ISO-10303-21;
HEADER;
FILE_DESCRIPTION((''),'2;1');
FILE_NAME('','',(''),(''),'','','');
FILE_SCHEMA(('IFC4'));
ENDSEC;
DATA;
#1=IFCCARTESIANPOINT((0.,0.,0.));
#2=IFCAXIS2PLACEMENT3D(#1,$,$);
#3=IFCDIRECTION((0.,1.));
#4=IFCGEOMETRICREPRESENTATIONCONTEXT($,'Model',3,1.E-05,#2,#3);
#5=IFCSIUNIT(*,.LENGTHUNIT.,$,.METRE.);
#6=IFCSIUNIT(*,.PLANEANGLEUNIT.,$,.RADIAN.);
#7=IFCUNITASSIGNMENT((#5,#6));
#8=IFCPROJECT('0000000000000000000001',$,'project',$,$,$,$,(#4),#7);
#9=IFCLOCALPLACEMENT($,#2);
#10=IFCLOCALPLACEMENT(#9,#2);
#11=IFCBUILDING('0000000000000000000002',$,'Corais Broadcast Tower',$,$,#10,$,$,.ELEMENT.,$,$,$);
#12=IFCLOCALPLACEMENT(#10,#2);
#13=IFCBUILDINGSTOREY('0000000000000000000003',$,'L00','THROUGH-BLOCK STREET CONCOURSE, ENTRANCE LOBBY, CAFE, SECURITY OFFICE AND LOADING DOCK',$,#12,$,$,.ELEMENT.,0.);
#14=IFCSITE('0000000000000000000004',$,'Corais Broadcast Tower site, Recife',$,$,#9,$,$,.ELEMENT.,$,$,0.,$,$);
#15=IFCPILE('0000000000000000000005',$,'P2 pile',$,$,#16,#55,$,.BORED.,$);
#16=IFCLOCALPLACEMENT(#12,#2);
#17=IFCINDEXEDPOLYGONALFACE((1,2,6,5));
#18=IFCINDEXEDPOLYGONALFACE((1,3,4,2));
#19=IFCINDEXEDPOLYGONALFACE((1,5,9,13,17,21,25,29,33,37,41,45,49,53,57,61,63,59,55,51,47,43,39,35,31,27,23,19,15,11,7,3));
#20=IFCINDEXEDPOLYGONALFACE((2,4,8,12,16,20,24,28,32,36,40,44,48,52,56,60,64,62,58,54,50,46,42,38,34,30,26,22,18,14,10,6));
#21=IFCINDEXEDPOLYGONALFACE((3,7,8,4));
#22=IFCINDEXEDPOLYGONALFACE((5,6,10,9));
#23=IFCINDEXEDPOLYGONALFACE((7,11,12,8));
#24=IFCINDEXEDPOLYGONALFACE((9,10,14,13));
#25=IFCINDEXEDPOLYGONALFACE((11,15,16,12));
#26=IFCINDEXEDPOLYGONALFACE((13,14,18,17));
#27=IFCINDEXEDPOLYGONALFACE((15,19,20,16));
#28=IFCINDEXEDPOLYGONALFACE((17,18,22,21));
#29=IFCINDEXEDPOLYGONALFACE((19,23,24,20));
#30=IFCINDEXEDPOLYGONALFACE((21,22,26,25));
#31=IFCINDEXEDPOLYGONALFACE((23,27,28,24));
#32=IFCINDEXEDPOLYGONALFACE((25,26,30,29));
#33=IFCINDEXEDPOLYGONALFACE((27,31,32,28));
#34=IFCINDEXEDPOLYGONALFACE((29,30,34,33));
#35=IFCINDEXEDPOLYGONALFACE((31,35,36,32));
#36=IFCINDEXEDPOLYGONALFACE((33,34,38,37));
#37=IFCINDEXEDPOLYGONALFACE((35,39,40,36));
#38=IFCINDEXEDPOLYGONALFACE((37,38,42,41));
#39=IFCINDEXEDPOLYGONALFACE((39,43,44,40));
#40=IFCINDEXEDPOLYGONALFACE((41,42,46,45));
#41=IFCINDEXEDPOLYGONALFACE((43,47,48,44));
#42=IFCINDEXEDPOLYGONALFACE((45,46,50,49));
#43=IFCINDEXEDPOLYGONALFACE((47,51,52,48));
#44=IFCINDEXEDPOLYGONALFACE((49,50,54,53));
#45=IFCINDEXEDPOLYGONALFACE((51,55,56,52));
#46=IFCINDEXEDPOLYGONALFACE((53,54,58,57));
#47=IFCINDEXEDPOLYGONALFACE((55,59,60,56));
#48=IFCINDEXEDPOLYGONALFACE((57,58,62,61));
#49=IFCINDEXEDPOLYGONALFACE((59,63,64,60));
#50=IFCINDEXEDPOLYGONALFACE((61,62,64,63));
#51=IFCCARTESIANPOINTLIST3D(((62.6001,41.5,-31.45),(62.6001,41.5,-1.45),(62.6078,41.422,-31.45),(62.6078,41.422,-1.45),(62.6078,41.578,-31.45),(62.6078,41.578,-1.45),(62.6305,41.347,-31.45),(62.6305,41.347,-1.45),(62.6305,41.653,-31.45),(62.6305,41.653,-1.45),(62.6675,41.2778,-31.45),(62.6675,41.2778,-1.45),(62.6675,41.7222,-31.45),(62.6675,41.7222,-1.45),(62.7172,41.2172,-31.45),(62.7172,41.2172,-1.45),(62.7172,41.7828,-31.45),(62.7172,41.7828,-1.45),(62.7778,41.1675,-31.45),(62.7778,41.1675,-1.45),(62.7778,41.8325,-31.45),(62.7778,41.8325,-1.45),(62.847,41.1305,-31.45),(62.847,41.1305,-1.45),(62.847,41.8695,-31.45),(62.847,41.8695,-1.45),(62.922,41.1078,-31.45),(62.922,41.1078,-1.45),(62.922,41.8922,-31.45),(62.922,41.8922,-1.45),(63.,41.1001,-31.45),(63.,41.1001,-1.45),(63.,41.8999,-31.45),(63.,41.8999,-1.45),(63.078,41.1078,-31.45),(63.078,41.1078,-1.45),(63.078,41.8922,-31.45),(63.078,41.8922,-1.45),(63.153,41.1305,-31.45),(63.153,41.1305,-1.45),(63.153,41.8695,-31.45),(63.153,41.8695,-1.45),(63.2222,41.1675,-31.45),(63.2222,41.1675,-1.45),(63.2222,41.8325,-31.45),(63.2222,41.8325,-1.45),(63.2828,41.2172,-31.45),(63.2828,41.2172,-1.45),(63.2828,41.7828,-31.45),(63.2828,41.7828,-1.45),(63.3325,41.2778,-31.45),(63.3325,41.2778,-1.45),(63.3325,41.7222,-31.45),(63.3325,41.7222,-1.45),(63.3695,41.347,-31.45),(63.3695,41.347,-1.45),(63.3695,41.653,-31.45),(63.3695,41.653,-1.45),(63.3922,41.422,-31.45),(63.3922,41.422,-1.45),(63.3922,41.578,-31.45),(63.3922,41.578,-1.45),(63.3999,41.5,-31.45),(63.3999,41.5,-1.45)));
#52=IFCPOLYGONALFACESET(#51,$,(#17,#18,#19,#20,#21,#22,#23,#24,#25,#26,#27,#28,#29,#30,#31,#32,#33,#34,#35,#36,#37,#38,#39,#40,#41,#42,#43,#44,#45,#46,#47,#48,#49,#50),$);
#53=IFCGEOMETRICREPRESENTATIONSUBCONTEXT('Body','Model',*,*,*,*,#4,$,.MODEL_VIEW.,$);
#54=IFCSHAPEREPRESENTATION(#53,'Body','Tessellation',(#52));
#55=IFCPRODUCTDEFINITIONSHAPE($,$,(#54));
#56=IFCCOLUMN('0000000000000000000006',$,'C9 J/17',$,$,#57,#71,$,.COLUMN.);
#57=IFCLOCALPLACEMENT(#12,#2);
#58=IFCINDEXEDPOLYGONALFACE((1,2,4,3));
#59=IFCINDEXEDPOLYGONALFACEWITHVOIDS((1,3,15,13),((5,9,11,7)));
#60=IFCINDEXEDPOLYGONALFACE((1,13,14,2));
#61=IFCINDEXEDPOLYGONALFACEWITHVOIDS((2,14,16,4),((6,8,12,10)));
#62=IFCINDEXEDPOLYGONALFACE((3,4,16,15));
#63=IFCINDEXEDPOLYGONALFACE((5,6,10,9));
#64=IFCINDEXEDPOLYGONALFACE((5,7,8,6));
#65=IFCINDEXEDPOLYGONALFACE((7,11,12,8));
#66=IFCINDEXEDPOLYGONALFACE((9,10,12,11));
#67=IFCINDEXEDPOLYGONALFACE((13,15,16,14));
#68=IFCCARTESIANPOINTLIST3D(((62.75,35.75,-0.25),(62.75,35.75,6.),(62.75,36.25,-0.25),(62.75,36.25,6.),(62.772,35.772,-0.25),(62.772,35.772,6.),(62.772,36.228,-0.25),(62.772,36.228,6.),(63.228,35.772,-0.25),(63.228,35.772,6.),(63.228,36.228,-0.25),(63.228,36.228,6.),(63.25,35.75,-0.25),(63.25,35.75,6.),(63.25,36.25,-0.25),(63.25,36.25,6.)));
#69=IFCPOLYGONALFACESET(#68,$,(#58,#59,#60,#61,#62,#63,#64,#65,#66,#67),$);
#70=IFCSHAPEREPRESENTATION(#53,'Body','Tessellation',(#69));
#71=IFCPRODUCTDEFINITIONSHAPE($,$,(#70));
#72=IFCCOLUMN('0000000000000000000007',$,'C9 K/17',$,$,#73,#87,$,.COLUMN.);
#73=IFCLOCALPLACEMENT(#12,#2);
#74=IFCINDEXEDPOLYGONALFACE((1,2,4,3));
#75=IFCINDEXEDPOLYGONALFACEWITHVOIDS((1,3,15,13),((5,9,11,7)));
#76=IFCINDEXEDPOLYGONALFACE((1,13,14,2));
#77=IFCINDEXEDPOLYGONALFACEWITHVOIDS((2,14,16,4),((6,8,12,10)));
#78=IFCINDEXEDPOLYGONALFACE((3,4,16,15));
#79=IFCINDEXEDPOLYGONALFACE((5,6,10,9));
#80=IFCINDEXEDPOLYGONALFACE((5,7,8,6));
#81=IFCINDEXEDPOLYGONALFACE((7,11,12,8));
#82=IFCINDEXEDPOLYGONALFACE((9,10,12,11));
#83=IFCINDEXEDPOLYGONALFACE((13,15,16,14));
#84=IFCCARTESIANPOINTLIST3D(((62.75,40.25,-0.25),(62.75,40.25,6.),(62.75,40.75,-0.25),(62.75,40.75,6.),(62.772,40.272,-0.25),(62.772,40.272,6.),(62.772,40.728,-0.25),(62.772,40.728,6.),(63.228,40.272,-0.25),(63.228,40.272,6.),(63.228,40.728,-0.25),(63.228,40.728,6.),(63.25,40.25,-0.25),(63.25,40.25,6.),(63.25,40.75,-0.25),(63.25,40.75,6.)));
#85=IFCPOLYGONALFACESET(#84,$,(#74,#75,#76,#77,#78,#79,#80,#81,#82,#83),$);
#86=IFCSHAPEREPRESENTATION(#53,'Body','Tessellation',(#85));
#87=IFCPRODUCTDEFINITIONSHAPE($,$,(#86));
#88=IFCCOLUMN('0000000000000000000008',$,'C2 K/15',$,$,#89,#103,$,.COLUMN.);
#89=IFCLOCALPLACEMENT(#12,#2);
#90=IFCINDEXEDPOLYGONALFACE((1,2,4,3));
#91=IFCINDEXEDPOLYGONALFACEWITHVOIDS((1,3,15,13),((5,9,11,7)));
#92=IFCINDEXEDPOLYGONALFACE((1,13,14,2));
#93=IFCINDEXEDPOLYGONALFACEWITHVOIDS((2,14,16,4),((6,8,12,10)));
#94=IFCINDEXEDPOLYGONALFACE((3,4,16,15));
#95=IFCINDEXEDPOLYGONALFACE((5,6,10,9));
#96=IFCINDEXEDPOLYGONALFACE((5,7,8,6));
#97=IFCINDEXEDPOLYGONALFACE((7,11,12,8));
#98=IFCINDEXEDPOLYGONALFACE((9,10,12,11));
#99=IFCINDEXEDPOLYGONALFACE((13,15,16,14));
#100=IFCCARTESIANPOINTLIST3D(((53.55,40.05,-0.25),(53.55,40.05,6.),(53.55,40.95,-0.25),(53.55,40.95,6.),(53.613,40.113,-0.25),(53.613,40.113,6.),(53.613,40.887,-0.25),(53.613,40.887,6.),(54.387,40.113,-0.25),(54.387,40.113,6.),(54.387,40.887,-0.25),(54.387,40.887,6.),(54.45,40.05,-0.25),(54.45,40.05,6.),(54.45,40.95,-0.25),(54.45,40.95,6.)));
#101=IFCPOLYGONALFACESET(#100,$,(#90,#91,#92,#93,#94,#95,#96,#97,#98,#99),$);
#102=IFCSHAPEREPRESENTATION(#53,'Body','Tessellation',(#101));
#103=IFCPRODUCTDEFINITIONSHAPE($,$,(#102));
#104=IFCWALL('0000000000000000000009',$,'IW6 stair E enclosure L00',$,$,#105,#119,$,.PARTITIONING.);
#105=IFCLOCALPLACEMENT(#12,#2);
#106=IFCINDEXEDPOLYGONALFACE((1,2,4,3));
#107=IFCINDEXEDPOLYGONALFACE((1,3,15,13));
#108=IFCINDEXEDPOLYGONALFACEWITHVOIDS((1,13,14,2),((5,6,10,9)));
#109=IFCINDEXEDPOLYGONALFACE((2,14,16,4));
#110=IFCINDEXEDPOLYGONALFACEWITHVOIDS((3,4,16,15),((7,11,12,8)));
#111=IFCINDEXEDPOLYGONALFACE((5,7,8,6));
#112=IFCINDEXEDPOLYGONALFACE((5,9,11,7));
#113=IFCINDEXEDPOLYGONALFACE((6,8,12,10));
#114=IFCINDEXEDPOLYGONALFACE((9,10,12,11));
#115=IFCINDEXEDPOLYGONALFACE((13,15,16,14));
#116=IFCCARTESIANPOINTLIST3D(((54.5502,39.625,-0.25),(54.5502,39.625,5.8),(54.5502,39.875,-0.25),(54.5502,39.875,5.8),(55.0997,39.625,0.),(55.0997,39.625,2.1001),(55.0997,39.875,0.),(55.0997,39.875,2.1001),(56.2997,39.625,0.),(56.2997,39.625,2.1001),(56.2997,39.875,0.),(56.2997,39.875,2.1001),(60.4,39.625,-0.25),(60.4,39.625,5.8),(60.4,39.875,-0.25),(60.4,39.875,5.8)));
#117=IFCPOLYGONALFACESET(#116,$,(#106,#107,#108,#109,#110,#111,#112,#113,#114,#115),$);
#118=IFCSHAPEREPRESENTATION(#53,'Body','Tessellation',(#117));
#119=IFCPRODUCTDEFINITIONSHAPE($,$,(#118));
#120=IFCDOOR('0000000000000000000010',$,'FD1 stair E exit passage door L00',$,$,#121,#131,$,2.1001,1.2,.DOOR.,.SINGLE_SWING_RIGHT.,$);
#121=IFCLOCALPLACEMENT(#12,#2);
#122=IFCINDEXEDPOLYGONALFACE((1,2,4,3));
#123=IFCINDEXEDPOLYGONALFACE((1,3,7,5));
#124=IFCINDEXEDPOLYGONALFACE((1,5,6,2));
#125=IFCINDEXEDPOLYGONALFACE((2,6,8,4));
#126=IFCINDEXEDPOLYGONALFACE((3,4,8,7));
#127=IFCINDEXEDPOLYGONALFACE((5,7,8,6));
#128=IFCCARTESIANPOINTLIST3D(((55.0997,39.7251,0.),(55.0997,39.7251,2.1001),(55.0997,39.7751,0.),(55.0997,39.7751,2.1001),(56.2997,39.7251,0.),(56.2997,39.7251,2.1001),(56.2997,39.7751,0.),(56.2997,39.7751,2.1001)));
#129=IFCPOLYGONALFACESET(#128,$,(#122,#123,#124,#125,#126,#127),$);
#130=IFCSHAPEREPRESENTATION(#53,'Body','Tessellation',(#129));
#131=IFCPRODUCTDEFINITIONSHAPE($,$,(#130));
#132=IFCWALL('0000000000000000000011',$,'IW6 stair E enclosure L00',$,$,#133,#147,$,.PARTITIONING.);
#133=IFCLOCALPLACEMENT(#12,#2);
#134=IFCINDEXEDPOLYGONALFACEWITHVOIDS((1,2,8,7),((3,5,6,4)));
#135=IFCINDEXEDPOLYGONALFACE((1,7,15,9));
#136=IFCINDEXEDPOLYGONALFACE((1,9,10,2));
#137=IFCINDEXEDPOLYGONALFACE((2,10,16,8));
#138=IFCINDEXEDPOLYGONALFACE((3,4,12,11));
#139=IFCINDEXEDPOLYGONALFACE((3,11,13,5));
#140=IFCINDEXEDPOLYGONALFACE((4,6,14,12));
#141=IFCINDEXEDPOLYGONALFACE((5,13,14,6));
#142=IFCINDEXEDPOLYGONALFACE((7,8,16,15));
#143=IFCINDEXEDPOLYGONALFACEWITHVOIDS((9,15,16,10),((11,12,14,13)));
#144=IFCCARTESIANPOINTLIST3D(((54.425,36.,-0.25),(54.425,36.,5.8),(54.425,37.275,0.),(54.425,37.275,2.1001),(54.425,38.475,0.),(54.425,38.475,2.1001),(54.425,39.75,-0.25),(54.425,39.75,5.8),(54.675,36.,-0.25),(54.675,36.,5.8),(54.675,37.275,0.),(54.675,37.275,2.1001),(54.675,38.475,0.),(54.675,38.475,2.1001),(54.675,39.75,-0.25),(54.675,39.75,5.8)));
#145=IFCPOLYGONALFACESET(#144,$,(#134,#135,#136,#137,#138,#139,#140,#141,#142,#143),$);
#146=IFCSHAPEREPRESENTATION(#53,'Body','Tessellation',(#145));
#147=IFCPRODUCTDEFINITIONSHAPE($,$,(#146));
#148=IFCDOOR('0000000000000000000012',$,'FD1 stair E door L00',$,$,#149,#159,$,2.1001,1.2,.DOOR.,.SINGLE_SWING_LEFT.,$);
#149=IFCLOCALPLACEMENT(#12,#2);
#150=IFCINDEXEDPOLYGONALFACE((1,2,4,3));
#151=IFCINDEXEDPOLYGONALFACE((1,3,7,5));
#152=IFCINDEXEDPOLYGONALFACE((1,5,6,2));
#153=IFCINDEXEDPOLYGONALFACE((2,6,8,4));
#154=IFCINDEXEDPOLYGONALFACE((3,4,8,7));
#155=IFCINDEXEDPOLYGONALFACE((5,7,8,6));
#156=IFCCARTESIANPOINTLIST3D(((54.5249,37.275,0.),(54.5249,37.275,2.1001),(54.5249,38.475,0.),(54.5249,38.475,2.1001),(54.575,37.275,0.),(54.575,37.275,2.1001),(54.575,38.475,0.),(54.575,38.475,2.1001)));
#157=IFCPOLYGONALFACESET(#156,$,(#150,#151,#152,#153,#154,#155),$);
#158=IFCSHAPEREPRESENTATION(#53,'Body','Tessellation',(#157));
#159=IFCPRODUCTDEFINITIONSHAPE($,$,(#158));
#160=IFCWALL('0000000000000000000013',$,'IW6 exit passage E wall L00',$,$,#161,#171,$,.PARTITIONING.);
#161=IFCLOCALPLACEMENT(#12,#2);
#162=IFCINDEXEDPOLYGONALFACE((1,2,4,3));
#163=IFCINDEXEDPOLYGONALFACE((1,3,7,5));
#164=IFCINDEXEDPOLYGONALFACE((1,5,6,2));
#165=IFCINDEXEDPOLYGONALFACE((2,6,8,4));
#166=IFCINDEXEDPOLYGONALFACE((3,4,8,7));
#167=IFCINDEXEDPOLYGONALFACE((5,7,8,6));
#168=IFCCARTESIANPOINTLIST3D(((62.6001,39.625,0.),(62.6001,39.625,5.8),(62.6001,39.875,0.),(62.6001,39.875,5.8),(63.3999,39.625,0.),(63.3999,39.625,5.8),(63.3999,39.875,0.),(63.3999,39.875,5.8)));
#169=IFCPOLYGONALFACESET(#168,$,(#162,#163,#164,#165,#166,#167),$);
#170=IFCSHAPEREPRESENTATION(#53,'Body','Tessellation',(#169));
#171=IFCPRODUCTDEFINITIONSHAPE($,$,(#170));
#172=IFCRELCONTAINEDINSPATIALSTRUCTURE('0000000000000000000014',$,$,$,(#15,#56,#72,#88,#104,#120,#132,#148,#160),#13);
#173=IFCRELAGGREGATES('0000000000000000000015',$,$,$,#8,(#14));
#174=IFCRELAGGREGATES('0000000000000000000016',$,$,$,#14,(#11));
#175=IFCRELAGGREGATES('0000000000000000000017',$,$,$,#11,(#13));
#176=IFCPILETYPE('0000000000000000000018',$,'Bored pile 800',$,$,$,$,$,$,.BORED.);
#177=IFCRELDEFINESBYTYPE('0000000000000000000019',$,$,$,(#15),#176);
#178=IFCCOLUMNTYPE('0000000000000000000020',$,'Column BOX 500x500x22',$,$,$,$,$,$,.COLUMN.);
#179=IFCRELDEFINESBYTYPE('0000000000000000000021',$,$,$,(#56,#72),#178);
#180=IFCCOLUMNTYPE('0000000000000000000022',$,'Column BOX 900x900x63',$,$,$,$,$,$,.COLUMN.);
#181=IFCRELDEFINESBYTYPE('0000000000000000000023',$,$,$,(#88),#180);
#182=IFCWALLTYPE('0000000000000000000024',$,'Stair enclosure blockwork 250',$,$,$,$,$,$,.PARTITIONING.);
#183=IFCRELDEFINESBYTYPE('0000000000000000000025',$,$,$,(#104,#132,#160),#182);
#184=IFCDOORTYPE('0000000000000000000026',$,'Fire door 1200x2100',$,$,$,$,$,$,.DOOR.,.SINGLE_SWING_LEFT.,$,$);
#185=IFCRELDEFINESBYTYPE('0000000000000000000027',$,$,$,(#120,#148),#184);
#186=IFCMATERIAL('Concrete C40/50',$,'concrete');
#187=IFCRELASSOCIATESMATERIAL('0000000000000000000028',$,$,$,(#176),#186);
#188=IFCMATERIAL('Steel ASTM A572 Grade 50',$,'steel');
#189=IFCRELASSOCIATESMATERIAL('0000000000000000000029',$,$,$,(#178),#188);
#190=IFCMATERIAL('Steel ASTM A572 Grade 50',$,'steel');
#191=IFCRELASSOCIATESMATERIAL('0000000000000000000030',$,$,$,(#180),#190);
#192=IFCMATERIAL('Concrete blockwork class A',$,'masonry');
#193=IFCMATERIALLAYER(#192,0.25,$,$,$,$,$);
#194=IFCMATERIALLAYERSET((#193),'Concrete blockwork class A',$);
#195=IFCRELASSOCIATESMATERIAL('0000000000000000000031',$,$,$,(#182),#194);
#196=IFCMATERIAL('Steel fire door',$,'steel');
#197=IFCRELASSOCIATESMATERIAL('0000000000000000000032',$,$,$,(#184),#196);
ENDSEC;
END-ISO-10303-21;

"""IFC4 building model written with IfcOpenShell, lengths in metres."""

from ifc_helpers import new_model, si_unit, direction, frame, frame_2d, origin, origin_2d, place, context, subcontext, project, spatial, rectangle, hollow_rectangle, circle, extrude, material, layer, layer_set, material_profile, profile_set, type_object, element, fill, save


model = new_model("IFC4")

# Units and contexts
model_context = context("Model", 3, precision=1e-05, world=origin(), true_north=direction((0.0, 1.0)))
body_context = subcontext(model_context, "Body", "Model", "MODEL_VIEW")
ifc_project = project(units=[si_unit("LENGTHUNIT", "METRE"), si_unit("PLANEANGLEUNIT", "RADIAN")], contexts=[model_context])

# Site, building, storey
site_placement = place(None, origin())
site = spatial("IfcSite", under=ifc_project, at=site_placement, Name="Corais Broadcast Tower site, Recife", CompositionType="ELEMENT", RefElevation=0.0)
building_placement = place(site_placement, origin())
building = spatial("IfcBuilding", under=site, at=building_placement, Name="Corais Broadcast Tower", CompositionType="ELEMENT")
storey_placement = place(building_placement, origin())
storey = spatial("IfcBuildingStorey", under=building, at=storey_placement, Name="L00", Description="THROUGH-BLOCK STREET CONCOURSE, ENTRANCE LOBBY, CAFE, SECURITY OFFICE AND LOADING DOCK", CompositionType="ELEMENT", Elevation=0.0)

# Pile
ifc_material_1 = material(Name="Concrete C40/50", Category="concrete")
pile_type_1 = type_object("IfcPileType", Name="Bored pile 800", PredefinedType="BORED", material=ifc_material_1)
for number, where, z_axis, x_axis, name in (
    (1, (63.0, 41.5, -1.45), (0.0, 0.0, -1.0), (1.0, 0.0, 0.0), "P2 pile"),
):
    element("IfcPile", number, at=place(storey_placement, frame(where, z_axis=z_axis, x_axis=x_axis)), inside=storey, type_object=pile_type_1, Name=name, PredefinedType="BORED", context=body_context, shape_type="SweptSolid", body=[
        extrude(circle(Radius=0.3999, at=origin_2d()), origin(), (0.0, 0.0, 1.0), 30.0),
    ])

# Columns
ifc_material_2 = material(Name="Steel ASTM A572 Grade 50", Category="steel")
ifc_material_profile_1 = material_profile(ifc_material_2, hollow_rectangle(XDim=0.5, YDim=0.5, WallThickness=0.022, at=origin_2d()), Name="BOX 500x500x22")
ifc_profile_set_1 = profile_set([ifc_material_profile_1], Name="Steel ASTM A572 Grade 50")
column_type_1 = type_object("IfcColumnType", Name="Column BOX 500x500x22", PredefinedType="COLUMN", material=ifc_profile_set_1)
for number, where, z_axis, x_axis, name in (
    (2, (63.0, 36.0, -0.25), (0.0, 0.0, 1.0), (1.0, 0.0, 0.0), "C9 J/17"),
    (3, (63.0, 40.5, -0.25), (0.0, 0.0, 1.0), (1.0, 0.0, 0.0), "C9 K/17"),
):
    element("IfcColumn", number, at=place(storey_placement, frame(where, z_axis=z_axis, x_axis=x_axis)), inside=storey, type_object=column_type_1, Name=name, PredefinedType="COLUMN", context=body_context, shape_type="SweptSolid", body=[
        extrude(hollow_rectangle(XDim=0.5, YDim=0.5, WallThickness=0.022, at=origin_2d()), origin(), (0.0, 0.0, 1.0), 6.25),
    ])
ifc_material_3 = material(Name="Steel ASTM A572 Grade 50", Category="steel")
ifc_material_profile_2 = material_profile(ifc_material_3, hollow_rectangle(XDim=0.8999, YDim=0.8999, WallThickness=0.063, at=origin_2d()), Name="BOX 900x900x63")
ifc_profile_set_2 = profile_set([ifc_material_profile_2], Name="Steel ASTM A572 Grade 50")
column_type_2 = type_object("IfcColumnType", Name="Column BOX 900x900x63", PredefinedType="COLUMN", material=ifc_profile_set_2)
column_placement = place(storey_placement, frame((54.0, 40.5, -0.25), z_axis=(0.0, 0.0, 1.0), x_axis=(1.0, 0.0, 0.0)))
element("IfcColumn", 4, at=column_placement, inside=storey, type_object=column_type_2, Name="C2 K/15", PredefinedType="COLUMN", context=body_context, shape_type="SweptSolid", body=[
    extrude(hollow_rectangle(XDim=0.8999, YDim=0.8999, WallThickness=0.063, at=origin_2d()), origin(), (0.0, 0.0, 1.0), 6.25),
])

# Walls, openings, doors
ifc_material_4 = material(Name="Concrete blockwork class A", Category="masonry")
ifc_layer_1 = layer(ifc_material_4, 0.25)
ifc_layer_set_1 = layer_set([ifc_layer_1], Name="Concrete blockwork class A")
wall_type_1 = type_object("IfcWallType", Name="Stair enclosure blockwork 250", PredefinedType="PARTITIONING", material=ifc_layer_set_1)
wall_1_placement = place(storey_placement, frame((60.3999, 39.75, -0.25), z_axis=(0.0, 0.0, 1.0), x_axis=(-1.0, 0.0, 0.0)))
wall_1 = element("IfcWall", 5, at=wall_1_placement, inside=storey, type_object=wall_type_1, Name="IW6 stair E enclosure L00", PredefinedType="PARTITIONING", context=body_context, shape_type="SweptSolid", body=[
    extrude(rectangle(XDim=5.8499, YDim=0.25, at=frame_2d((2.9248, 0.0))), origin(), (0.0, 0.0, 1.0), 6.05),
])
opening_1_placement = place(wall_1_placement, frame((4.1001, 0.0, 0.25)))
opening_1 = element("IfcOpeningElement", 6, at=opening_1_placement, cuts=wall_1, PredefinedType="OPENING", context=body_context, shape_type="SweptSolid", body=[
    extrude(rectangle(XDim=1.2, YDim=2.1001, at=frame_2d((0.6001, 1.05))), frame((0.0, 0.135, 0.0), z_axis=(0.0, -1.0, 0.0), x_axis=(1.0, 0.0, 0.0)), (0.0, 0.0, 1.0), 0.27),
])
ifc_material_5 = material(Name="Steel fire door", Category="steel")
door_type = type_object("IfcDoorType", Name="Fire door 1200x2100", OperationType="SINGLE_SWING_LEFT", PredefinedType="DOOR", material=ifc_material_5)
door_1_placement = place(opening_1_placement, origin())
door_1 = element("IfcDoor", 7, at=door_1_placement, inside=storey, type_object=door_type, Name="FD1 stair E exit passage door L00", OperationType="SINGLE_SWING_RIGHT", OverallHeight=2.1001, OverallWidth=1.2, PredefinedType="DOOR", context=body_context, shape_type="SweptSolid", body=[
    extrude(rectangle(XDim=1.2, YDim=2.1001, at=frame_2d((0.6001, 1.05))), frame((0.0, 0.0249, 0.0), z_axis=(0.0, -1.0, 0.0), x_axis=(1.0, 0.0, 0.0)), (0.0, 0.0, 1.0), 0.05),
])
fill(opening_1, door_1)
wall_2_placement = place(storey_placement, frame((54.55, 39.75, -0.25), z_axis=(0.0, 0.0, 1.0), x_axis=(0.0, -1.0, 0.0)))
wall_2 = element("IfcWall", 8, at=wall_2_placement, inside=storey, type_object=wall_type_1, Name="IW6 stair E enclosure L00", PredefinedType="PARTITIONING", context=body_context, shape_type="SweptSolid", body=[
    extrude(rectangle(XDim=3.75, YDim=0.25, at=frame_2d((1.875, 0.0))), origin(), (0.0, 0.0, 1.0), 6.05),
])
opening_2_placement = place(wall_2_placement, frame((1.2749, 0.0, 0.25)))
opening_2 = element("IfcOpeningElement", 9, at=opening_2_placement, cuts=wall_2, PredefinedType="OPENING", context=body_context, shape_type="SweptSolid", body=[
    extrude(rectangle(XDim=1.2, YDim=2.1001, at=frame_2d((0.6001, 1.05))), frame((0.0, 0.135, 0.0), z_axis=(0.0, -1.0, 0.0), x_axis=(1.0, 0.0, 0.0)), (0.0, 0.0, 1.0), 0.27),
])
door_2_placement = place(opening_2_placement, origin())
door_2 = element("IfcDoor", 10, at=door_2_placement, inside=storey, type_object=door_type, Name="FD1 stair E door L00", OperationType="SINGLE_SWING_LEFT", OverallHeight=2.1001, OverallWidth=1.2, PredefinedType="DOOR", context=body_context, shape_type="SweptSolid", body=[
    extrude(rectangle(XDim=1.2, YDim=2.1001, at=frame_2d((0.6001, 1.05))), frame((0.0, 0.0249, 0.0), z_axis=(0.0, -1.0, 0.0), x_axis=(1.0, 0.0, 0.0)), (0.0, 0.0, 1.0), 0.05),
])
fill(opening_2, door_2)

# Wall
wall_3_placement = place(storey_placement, frame((62.6001, 39.75, 0.0), z_axis=(0.0, 0.0, 1.0), x_axis=(1.0, 0.0, 0.0)))
element("IfcWall", 11, at=wall_3_placement, inside=storey, type_object=wall_type_1, Name="IW6 exit passage E wall L00", PredefinedType="PARTITIONING", context=body_context, shape_type="SweptSolid", body=[
    extrude(rectangle(XDim=0.7998, YDim=0.25, at=frame_2d((0.3999, 0.0))), origin(), (0.0, 0.0, 1.0), 5.8),
])

save(model, "model.ifc")
